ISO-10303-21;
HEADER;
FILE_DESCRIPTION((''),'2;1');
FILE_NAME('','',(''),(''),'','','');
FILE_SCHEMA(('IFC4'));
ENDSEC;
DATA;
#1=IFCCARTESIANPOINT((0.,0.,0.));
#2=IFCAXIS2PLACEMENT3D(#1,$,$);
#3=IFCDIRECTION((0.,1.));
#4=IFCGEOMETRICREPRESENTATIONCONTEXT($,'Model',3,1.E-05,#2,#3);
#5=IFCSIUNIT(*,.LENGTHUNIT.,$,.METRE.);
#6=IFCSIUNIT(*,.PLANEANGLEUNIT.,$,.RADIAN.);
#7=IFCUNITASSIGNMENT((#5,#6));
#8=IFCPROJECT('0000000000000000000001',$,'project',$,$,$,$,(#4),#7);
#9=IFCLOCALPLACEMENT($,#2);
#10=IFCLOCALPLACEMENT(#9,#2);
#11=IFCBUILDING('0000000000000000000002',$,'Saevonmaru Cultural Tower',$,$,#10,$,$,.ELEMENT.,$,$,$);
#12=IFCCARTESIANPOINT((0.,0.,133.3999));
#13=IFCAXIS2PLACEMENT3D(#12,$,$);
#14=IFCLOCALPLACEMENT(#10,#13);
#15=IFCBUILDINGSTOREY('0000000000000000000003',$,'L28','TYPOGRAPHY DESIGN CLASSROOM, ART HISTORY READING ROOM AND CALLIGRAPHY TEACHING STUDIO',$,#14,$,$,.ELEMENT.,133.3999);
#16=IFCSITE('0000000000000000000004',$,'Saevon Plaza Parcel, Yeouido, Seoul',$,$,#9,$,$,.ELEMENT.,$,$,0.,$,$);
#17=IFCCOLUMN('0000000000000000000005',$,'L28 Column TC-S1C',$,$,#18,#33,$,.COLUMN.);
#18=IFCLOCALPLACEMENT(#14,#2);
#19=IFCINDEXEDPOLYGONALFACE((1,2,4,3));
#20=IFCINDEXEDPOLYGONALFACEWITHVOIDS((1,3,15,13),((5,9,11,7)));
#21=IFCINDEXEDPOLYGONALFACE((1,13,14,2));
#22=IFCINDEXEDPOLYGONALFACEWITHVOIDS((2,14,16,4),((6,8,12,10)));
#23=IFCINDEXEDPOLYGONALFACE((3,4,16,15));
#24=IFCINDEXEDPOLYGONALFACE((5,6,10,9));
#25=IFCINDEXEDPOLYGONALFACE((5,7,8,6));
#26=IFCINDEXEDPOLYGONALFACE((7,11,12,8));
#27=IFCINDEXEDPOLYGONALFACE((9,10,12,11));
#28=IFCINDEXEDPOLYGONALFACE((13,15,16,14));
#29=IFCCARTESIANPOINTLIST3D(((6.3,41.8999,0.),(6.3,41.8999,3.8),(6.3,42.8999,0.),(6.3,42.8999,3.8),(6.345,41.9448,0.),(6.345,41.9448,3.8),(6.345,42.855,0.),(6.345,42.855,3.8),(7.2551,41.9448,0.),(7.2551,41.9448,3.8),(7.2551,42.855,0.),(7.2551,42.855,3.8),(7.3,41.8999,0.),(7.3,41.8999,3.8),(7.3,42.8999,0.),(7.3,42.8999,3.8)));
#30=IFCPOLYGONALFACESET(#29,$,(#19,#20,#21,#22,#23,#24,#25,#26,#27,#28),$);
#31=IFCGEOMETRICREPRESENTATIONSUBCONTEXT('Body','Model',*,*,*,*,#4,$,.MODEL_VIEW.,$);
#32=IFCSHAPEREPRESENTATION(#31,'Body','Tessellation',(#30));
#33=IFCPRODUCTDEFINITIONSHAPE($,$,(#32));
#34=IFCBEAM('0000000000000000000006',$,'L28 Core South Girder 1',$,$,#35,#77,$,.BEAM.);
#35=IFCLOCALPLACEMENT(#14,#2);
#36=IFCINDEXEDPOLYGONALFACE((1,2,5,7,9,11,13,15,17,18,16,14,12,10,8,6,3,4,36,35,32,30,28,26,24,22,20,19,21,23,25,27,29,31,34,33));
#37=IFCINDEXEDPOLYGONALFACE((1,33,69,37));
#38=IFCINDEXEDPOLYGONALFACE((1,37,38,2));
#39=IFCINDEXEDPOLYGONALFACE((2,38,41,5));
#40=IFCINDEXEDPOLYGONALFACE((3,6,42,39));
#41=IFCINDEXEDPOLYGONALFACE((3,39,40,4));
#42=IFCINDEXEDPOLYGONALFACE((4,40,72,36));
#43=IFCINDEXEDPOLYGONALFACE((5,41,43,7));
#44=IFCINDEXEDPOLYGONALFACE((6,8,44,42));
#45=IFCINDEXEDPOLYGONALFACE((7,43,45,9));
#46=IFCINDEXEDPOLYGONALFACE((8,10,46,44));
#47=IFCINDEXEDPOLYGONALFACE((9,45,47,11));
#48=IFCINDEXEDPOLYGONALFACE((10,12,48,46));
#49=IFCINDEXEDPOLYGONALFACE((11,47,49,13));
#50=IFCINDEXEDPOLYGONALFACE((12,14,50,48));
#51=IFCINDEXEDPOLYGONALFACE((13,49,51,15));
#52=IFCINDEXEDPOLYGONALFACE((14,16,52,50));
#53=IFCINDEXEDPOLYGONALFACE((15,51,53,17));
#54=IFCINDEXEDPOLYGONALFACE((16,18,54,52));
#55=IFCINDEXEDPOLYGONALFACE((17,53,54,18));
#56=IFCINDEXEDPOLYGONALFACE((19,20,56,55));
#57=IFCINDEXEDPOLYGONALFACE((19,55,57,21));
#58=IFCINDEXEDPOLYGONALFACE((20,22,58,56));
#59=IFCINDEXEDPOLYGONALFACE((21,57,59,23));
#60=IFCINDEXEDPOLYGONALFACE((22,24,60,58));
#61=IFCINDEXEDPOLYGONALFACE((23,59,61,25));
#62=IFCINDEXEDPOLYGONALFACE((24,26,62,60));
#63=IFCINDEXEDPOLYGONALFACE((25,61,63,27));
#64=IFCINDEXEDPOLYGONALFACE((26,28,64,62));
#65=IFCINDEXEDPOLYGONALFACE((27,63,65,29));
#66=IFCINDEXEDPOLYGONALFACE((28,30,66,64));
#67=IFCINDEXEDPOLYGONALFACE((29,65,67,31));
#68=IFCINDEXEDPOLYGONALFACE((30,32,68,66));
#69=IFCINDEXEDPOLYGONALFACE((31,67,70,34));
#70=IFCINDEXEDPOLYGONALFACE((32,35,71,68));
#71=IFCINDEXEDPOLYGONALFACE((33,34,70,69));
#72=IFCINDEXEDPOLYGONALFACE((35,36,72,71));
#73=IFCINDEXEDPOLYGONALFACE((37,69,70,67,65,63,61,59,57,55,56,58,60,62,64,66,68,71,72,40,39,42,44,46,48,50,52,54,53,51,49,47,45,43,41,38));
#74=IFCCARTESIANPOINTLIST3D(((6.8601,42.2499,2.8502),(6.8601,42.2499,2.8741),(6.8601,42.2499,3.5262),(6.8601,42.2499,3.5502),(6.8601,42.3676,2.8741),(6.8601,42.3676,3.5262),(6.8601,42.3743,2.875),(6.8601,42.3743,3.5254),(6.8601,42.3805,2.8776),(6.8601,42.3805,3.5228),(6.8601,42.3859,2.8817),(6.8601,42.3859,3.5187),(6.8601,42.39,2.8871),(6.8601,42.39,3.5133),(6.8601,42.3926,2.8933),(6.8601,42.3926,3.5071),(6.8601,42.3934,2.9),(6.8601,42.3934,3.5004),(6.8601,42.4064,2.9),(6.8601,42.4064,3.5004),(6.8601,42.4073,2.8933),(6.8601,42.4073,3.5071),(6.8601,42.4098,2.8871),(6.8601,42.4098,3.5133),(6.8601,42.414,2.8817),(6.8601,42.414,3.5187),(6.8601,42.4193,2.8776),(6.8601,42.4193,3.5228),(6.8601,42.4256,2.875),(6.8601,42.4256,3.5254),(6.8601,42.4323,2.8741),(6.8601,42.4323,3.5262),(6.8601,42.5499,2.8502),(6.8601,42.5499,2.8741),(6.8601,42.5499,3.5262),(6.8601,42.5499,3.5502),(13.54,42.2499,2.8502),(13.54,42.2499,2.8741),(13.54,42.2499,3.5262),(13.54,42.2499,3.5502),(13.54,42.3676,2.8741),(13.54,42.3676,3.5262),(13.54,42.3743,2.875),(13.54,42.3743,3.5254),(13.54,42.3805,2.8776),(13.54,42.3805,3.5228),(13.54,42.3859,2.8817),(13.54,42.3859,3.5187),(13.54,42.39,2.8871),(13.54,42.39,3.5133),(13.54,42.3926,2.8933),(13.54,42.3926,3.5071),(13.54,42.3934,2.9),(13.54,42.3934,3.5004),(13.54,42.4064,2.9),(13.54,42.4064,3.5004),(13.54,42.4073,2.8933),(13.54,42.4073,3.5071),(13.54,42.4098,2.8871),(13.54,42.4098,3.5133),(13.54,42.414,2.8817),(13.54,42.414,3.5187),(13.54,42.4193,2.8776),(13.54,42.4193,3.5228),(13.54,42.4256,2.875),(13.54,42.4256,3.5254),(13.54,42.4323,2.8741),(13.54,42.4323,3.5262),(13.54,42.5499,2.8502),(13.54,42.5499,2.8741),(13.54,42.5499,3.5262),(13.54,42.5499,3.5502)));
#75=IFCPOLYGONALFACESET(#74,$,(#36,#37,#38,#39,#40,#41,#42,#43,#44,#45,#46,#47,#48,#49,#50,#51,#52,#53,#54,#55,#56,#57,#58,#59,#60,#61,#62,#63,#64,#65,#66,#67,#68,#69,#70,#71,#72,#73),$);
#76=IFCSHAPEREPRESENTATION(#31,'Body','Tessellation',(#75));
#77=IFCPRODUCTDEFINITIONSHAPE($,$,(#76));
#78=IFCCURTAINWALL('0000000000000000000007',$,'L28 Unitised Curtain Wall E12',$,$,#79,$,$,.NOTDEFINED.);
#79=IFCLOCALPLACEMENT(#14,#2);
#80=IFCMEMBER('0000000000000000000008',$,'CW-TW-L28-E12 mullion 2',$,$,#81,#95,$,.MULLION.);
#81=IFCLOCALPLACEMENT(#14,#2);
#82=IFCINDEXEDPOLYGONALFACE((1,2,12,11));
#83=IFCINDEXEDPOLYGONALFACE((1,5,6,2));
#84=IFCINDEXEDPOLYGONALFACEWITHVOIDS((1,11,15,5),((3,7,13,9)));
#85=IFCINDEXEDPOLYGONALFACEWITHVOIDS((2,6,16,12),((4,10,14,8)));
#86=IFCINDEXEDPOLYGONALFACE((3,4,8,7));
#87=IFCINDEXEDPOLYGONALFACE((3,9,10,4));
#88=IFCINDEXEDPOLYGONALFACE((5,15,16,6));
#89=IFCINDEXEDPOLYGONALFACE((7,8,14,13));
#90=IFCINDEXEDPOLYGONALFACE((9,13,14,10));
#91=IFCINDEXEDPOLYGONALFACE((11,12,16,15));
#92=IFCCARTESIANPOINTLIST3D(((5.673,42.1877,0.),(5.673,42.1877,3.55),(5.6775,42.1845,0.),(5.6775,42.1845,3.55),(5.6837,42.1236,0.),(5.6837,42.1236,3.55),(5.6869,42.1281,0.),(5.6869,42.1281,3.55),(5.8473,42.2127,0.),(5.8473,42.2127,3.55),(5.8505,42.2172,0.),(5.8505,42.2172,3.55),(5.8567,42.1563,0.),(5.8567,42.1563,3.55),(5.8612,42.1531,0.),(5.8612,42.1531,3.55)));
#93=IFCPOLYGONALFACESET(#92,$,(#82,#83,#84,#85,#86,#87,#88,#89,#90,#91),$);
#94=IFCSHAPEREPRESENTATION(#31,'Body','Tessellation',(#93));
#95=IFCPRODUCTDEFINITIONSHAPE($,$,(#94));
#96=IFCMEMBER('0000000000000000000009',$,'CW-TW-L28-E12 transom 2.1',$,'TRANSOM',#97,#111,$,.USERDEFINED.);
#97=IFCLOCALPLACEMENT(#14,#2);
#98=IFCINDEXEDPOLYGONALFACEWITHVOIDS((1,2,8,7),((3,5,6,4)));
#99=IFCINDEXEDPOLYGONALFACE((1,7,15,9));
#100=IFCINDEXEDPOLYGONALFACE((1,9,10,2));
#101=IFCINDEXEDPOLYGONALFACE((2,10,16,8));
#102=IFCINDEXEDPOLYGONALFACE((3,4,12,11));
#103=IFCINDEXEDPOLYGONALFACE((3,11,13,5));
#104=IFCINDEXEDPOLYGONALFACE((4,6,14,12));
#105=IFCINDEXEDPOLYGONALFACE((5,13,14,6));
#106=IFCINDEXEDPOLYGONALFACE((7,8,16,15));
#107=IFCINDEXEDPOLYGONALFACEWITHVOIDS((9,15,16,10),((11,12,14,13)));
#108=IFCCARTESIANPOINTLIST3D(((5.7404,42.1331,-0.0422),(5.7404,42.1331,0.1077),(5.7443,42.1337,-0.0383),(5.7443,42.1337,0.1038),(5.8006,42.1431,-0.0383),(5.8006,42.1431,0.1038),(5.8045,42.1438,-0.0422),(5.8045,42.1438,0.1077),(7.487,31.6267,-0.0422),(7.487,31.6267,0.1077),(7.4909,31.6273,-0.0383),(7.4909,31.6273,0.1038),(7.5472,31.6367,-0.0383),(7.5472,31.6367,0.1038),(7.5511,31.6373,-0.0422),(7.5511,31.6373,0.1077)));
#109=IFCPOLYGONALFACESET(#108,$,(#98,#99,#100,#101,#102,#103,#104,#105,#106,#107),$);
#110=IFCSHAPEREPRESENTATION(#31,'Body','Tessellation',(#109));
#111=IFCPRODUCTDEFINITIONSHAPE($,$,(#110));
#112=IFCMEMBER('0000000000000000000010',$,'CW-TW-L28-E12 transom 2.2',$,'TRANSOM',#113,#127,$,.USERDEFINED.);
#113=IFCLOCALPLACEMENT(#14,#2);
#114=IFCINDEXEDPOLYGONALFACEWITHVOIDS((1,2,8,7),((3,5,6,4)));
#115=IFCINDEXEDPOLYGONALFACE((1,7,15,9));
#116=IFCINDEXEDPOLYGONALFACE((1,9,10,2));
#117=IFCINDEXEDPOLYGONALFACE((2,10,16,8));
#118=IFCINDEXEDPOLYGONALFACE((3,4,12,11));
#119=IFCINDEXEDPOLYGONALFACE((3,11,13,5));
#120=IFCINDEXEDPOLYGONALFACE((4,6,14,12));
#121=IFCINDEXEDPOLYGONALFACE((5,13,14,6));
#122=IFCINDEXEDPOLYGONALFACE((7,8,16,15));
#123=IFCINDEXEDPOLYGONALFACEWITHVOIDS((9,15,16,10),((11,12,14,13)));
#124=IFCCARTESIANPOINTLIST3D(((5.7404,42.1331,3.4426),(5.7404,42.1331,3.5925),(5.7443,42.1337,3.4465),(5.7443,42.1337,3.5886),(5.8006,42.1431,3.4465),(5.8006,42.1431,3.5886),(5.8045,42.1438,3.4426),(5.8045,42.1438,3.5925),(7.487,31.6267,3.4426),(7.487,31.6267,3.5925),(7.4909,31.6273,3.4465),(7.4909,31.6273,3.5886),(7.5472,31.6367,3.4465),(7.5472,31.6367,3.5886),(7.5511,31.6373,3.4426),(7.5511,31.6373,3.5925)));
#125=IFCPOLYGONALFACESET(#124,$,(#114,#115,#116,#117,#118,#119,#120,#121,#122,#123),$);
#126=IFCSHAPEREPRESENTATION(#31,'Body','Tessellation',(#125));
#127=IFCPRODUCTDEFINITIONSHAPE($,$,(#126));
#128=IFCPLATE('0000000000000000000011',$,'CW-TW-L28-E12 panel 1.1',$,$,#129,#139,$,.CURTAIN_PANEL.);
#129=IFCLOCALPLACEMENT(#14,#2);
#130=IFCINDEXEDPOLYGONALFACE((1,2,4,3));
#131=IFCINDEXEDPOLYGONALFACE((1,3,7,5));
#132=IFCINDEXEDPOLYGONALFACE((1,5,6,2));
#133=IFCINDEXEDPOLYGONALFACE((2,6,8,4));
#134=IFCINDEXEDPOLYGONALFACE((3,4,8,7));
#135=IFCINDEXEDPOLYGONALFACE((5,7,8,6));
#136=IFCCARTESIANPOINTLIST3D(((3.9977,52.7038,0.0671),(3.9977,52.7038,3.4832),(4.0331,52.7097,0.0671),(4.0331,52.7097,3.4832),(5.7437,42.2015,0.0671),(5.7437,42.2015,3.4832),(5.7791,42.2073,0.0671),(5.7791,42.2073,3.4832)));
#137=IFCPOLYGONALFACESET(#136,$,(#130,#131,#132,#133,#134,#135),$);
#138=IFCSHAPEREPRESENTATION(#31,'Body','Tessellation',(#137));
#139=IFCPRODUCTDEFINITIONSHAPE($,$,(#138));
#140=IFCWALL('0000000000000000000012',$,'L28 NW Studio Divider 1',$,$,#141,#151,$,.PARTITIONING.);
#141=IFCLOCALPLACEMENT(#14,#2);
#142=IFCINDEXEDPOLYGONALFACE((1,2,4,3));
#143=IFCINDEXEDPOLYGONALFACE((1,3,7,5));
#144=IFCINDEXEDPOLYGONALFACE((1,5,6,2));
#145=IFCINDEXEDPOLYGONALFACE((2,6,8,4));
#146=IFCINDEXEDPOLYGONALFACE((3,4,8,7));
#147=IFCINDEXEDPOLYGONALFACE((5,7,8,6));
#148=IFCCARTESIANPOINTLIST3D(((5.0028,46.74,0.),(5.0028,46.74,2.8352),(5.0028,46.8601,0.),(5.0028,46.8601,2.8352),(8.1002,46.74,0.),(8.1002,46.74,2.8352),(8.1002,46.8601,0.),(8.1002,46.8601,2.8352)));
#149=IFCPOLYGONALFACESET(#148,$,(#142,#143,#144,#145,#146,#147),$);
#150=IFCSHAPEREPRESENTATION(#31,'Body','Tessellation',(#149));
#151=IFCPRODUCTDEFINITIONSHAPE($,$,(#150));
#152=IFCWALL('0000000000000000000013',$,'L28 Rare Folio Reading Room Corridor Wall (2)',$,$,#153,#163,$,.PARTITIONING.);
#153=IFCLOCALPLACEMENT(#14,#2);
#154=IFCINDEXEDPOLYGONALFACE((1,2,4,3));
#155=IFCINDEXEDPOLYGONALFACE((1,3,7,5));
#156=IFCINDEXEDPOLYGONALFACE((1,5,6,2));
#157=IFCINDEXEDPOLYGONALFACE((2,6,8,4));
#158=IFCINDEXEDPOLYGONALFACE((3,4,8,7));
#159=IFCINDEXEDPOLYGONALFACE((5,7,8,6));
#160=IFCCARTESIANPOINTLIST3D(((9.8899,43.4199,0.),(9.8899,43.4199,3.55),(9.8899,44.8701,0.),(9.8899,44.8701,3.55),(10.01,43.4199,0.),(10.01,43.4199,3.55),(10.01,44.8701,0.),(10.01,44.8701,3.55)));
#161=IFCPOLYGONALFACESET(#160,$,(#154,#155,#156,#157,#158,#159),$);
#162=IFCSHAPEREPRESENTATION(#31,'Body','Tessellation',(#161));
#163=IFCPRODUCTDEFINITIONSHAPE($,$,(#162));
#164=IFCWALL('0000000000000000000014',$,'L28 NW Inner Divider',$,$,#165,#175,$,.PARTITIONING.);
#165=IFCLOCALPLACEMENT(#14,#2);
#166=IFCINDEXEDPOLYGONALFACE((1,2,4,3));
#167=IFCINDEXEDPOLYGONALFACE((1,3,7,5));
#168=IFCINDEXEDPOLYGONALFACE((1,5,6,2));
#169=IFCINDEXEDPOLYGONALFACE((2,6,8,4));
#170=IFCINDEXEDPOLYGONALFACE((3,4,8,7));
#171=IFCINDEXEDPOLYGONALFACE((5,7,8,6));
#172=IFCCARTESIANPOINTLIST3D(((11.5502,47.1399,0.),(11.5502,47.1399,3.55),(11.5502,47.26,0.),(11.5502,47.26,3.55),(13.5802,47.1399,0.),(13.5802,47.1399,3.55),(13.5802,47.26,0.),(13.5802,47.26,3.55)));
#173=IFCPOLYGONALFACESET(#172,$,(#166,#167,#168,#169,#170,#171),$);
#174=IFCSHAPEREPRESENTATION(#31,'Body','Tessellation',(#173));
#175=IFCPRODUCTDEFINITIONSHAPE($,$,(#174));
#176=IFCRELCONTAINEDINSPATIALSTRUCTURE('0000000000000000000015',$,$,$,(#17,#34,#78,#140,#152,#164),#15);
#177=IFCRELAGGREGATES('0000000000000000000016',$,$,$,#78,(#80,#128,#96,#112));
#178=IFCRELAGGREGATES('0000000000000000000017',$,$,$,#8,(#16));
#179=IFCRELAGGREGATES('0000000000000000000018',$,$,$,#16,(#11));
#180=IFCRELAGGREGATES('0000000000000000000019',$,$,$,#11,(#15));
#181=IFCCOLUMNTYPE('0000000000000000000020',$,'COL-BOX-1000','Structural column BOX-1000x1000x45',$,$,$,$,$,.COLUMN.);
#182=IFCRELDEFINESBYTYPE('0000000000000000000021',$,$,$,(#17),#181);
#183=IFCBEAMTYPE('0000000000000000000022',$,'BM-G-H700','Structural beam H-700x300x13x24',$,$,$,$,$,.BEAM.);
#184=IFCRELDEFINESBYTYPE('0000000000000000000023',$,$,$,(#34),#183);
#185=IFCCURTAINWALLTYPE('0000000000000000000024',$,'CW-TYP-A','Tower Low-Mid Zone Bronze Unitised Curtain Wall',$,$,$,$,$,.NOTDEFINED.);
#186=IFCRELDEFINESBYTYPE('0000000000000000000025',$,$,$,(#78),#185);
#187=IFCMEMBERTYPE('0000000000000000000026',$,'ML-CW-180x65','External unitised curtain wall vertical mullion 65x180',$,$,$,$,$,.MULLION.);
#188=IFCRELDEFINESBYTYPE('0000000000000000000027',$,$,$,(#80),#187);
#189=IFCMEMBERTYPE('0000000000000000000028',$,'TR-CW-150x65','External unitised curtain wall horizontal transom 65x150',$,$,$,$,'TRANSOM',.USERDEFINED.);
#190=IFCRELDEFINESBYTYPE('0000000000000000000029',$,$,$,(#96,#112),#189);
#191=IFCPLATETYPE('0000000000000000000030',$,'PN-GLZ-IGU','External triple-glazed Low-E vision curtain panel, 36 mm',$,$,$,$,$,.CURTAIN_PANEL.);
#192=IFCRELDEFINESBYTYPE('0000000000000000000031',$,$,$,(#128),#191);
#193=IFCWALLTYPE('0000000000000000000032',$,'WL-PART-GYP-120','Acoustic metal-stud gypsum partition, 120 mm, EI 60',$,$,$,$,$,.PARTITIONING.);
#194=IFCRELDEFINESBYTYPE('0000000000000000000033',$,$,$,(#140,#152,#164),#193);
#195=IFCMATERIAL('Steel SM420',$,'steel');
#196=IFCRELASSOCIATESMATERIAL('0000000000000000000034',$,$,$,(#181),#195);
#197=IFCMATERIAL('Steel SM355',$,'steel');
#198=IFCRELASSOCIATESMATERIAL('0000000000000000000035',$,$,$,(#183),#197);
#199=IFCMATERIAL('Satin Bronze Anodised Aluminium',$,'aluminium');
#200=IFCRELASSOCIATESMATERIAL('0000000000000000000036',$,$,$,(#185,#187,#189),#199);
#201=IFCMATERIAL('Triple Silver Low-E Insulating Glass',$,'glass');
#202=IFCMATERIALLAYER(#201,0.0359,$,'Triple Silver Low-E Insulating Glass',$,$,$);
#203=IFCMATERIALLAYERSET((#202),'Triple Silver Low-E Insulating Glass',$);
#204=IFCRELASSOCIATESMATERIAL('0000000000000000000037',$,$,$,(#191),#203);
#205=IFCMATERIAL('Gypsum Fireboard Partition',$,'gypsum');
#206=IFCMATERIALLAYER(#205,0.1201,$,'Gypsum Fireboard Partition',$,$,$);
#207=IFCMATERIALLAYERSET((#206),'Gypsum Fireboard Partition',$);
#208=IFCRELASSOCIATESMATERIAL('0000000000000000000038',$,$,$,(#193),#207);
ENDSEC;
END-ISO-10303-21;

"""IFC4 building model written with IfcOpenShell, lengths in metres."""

from ifc_helpers import new_model, si_unit, direction, frame, frame_2d, origin, origin_2d, place, context, subcontext, project, spatial, rectangle, hollow_rectangle, i_section, extrude, material, layer, layer_set, material_profile, profile_set, type_object, element, aggregate, save


model = new_model("IFC4")

# Units and contexts
model_context = context("Model", 3, precision=1e-05, world=origin(), true_north=direction((0.0, 1.0)))
body_context = subcontext(model_context, "Body", "Model", "MODEL_VIEW")
ifc_project = project(units=[si_unit("LENGTHUNIT", "METRE"), si_unit("PLANEANGLEUNIT", "RADIAN")], contexts=[model_context])

# Site, building, storey
site_placement = place(None, origin())
site = spatial("IfcSite", under=ifc_project, at=site_placement, Name="Saevon Plaza Parcel, Yeouido, Seoul", CompositionType="ELEMENT", RefElevation=0.0)
building_placement = place(site_placement, origin())
building = spatial("IfcBuilding", under=site, at=building_placement, Name="Saevonmaru Cultural Tower", CompositionType="ELEMENT")
storey_placement = place(building_placement, frame((0.0, 0.0, 133.3999)))
storey = spatial("IfcBuildingStorey", under=building, at=storey_placement, Name="L28", Description="TYPOGRAPHY DESIGN CLASSROOM, ART HISTORY READING ROOM AND CALLIGRAPHY TEACHING STUDIO", CompositionType="ELEMENT", Elevation=133.3999)

# Column
ifc_material_1 = material(Name="Steel SM420", Category="steel")
ifc_material_profile_1 = material_profile(ifc_material_1, hollow_rectangle(XDim=1.0, YDim=1.0, WallThickness=0.0449, at=origin_2d()), Name="BOX-1000x1000x45")
ifc_profile_set_1 = profile_set([ifc_material_profile_1], Name="Steel SM420")
column_type = type_object("IfcColumnType", Name="COL-BOX-1000", Description="Structural column BOX-1000x1000x45", PredefinedType="COLUMN", material=ifc_profile_set_1)
column_placement = place(storey_placement, frame((6.8, 42.3999, 0.0), z_axis=(0.0, 0.0, 1.0), x_axis=(1.0, 0.0, 0.0)))
element("IfcColumn", 1, at=column_placement, inside=storey, type_object=column_type, Name="L28 Column TC-S1C", PredefinedType="COLUMN", context=body_context, shape_type="SweptSolid", body=[
    extrude(hollow_rectangle(XDim=1.0, YDim=1.0, WallThickness=0.0449, at=origin_2d()), origin(), (0.0, 0.0, 1.0), 3.8),
])

# Beam
ifc_material_2 = material(Name="Steel SM355", Category="steel")
ifc_material_profile_2 = material_profile(ifc_material_2, i_section(OverallWidth=0.3, OverallDepth=0.7, WebThickness=0.0129, FlangeThickness=0.0239, FilletRadius=0.0259, at=origin_2d()), Name="H-700x300x13x24")
ifc_profile_set_2 = profile_set([ifc_material_profile_2], Name="Steel SM355")
beam_type = type_object("IfcBeamType", Name="BM-G-H700", Description="Structural beam H-700x300x13x24", PredefinedType="BEAM", material=ifc_profile_set_2)
beam_placement = place(storey_placement, frame((6.8601, 42.3999, 3.2002), z_axis=(1.0, 0.0, 0.0), x_axis=(0.0, 1.0, 0.0)))
element("IfcBeam", 2, at=beam_placement, inside=storey, type_object=beam_type, Name="L28 Core South Girder 1", PredefinedType="BEAM", context=body_context, shape_type="SweptSolid", body=[
    extrude(i_section(OverallWidth=0.3, OverallDepth=0.7, WebThickness=0.0129, FlangeThickness=0.0239, FilletRadius=0.0259, at=origin_2d()), origin(), (0.0, 0.0, 1.0), 6.6799),
])

# Curtain wall, members, plate
ifc_material_3 = material(Name="Satin Bronze Anodised Aluminium", Category="aluminium")
curtain_wall_type = type_object("IfcCurtainWallType", Name="CW-TYP-A", Description="Tower Low-Mid Zone Bronze Unitised Curtain Wall", PredefinedType="NOTDEFINED", material=ifc_material_3)
curtain_wall_placement = place(storey_placement, origin())
curtain_wall = element("IfcCurtainWall", 3, at=curtain_wall_placement, inside=storey, type_object=curtain_wall_type, Name="L28 Unitised Curtain Wall E12", PredefinedType="NOTDEFINED")
ifc_material_profile_3 = material_profile(ifc_material_3, hollow_rectangle(XDim=0.0649, YDim=0.1799, WallThickness=0.0039, at=origin_2d()), Name="ALU-MULL-180x65x4")
ifc_profile_set_3 = profile_set([ifc_material_profile_3], Name="Satin Bronze Anodised Aluminium")
member_type_1 = type_object("IfcMemberType", Name="ML-CW-180x65", Description="External unitised curtain wall vertical mullion 65x180", PredefinedType="MULLION", material=ifc_profile_set_3)
member_1_placement = place(storey_placement, frame((5.7671, 42.1704, 0.0), z_axis=(0.0, 0.0, 1.0), x_axis=(0.163999, -0.986461, 0.0)))
member_1 = element("IfcMember", 4, at=member_1_placement, type_object=member_type_1, Name="CW-TW-L28-E12 mullion 2", PredefinedType="MULLION", context=body_context, shape_type="SweptSolid", body=[
    extrude(hollow_rectangle(XDim=0.0649, YDim=0.1799, WallThickness=0.0039, at=origin_2d()), origin(), (0.0, 0.0, 1.0), 3.55),
])
ifc_material_profile_4 = material_profile(ifc_material_3, hollow_rectangle(XDim=0.0649, YDim=0.1499, WallThickness=0.0039, at=origin_2d()), Name="ALU-TRAN-150x65x4")
ifc_profile_set_4 = profile_set([ifc_material_profile_4], Name="Satin Bronze Anodised Aluminium")
member_type_2 = type_object("IfcMemberType", Name="TR-CW-150x65", Description="External unitised curtain wall horizontal transom 65x150", ElementType="TRANSOM", PredefinedType="USERDEFINED", material=ifc_profile_set_4)
member_2_placement = place(storey_placement, frame((5.7725, 42.1384, 0.0327), z_axis=(0.16399, -0.986462, 0.0), x_axis=(0.986462, 0.16399, 0.0)))
member_2 = element("IfcMember", 5, at=member_2_placement, type_object=member_type_2, Name="CW-TW-L28-E12 transom 2.1", ObjectType="TRANSOM", PredefinedType="USERDEFINED", context=body_context, shape_type="SweptSolid", body=[
    extrude(hollow_rectangle(XDim=0.0649, YDim=0.1499, WallThickness=0.0039, at=origin_2d()), origin(), (0.0, 0.0, 1.0), 10.6506),
])
member_3_placement = place(storey_placement, frame((5.7725, 42.1384, 3.5176), z_axis=(0.16399, -0.986462, 0.0), x_axis=(0.986462, 0.16399, 0.0)))
member_3 = element("IfcMember", 6, at=member_3_placement, type_object=member_type_2, Name="CW-TW-L28-E12 transom 2.2", ObjectType="TRANSOM", PredefinedType="USERDEFINED", context=body_context, shape_type="SweptSolid", body=[
    extrude(hollow_rectangle(XDim=0.0649, YDim=0.1499, WallThickness=0.0039, at=origin_2d()), origin(), (0.0, 0.0, 1.0), 10.6506),
])
ifc_material_4 = material(Name="Triple Silver Low-E Insulating Glass", Category="glass")
ifc_layer_1 = layer(ifc_material_4, 0.0359, Name="Triple Silver Low-E Insulating Glass")
ifc_layer_set_1 = layer_set([ifc_layer_1], Name="Triple Silver Low-E Insulating Glass")
plate_type = type_object("IfcPlateType", Name="PN-GLZ-IGU", Description="External triple-glazed Low-E vision curtain panel, 36 mm", PredefinedType="CURTAIN_PANEL", material=ifc_layer_set_1)
plate_placement = place(storey_placement, frame((4.8884, 47.4556, 0.0671), z_axis=(0.0, 0.0, 1.0), x_axis=(0.163999, -0.986461, 0.0)))
plate = element("IfcPlate", 7, at=plate_placement, type_object=plate_type, Name="CW-TW-L28-E12 panel 1.1", PredefinedType="CURTAIN_PANEL", context=body_context, shape_type="SweptSolid", body=[
    extrude(rectangle(XDim=10.6465, YDim=0.0359, at=origin_2d()), origin(), (0.0, 0.0, 1.0), 3.416),
])
aggregate(curtain_wall, [member_1, plate, member_2, member_3])

# Wall
ifc_material_5 = material(Name="Gypsum Fireboard Partition", Category="gypsum")
ifc_layer_2 = layer(ifc_material_5, 0.1201, Name="Gypsum Fireboard Partition")
ifc_layer_set_2 = layer_set([ifc_layer_2], Name="Gypsum Fireboard Partition")
wall_type_1 = type_object("IfcWallType", Name="WL-PART-GYP-120", Description="Acoustic metal-stud gypsum partition, 120 mm, EI 60", PredefinedType="PARTITIONING", material=ifc_layer_set_2)
wall_1_placement = place(storey_placement, frame((5.0027, 46.8, 0.0), z_axis=(0.0, 0.0, 1.0), x_axis=(1.0, 0.0, 0.0)))
element("IfcWall", 8, at=wall_1_placement, inside=storey, type_object=wall_type_1, Name="L28 NW Studio Divider 1", PredefinedType="PARTITIONING", context=body_context, shape_type="SweptSolid", body=[
    extrude(rectangle(XDim=3.0974, YDim=0.1201, at=frame_2d((1.5488, 0.0))), origin(), (0.0, 0.0, 1.0), 2.8352),
])

# Walls
wall_2_placement = place(storey_placement, frame((9.95, 43.4199, 0.0), z_axis=(0.0, 0.0, 1.0), x_axis=(0.0, 1.0, 0.0)))
element("IfcWall", 9, at=wall_2_placement, inside=storey, type_object=wall_type_1, Name="L28 Rare Folio Reading Room Corridor Wall (2)", PredefinedType="PARTITIONING", context=body_context, shape_type="SweptSolid", body=[
    extrude(rectangle(XDim=1.4502, YDim=0.1201, at=frame_2d((0.7251, 0.0))), origin(), (0.0, 0.0, 1.0), 3.55),
])
wall_3_placement = place(storey_placement, frame((11.55, 47.2, 0.0), z_axis=(0.0, 0.0, 1.0), x_axis=(1.0, 0.0, 0.0)))
element("IfcWall", 10, at=wall_3_placement, inside=storey, type_object=wall_type_1, Name="L28 NW Inner Divider", PredefinedType="PARTITIONING", context=body_context, shape_type="SweptSolid", body=[
    extrude(rectangle(XDim=2.03, YDim=0.1201, at=frame_2d((1.0151, 0.0))), origin(), (0.0, 0.0, 1.0), 3.55),
])

save(model, "model.ifc")
